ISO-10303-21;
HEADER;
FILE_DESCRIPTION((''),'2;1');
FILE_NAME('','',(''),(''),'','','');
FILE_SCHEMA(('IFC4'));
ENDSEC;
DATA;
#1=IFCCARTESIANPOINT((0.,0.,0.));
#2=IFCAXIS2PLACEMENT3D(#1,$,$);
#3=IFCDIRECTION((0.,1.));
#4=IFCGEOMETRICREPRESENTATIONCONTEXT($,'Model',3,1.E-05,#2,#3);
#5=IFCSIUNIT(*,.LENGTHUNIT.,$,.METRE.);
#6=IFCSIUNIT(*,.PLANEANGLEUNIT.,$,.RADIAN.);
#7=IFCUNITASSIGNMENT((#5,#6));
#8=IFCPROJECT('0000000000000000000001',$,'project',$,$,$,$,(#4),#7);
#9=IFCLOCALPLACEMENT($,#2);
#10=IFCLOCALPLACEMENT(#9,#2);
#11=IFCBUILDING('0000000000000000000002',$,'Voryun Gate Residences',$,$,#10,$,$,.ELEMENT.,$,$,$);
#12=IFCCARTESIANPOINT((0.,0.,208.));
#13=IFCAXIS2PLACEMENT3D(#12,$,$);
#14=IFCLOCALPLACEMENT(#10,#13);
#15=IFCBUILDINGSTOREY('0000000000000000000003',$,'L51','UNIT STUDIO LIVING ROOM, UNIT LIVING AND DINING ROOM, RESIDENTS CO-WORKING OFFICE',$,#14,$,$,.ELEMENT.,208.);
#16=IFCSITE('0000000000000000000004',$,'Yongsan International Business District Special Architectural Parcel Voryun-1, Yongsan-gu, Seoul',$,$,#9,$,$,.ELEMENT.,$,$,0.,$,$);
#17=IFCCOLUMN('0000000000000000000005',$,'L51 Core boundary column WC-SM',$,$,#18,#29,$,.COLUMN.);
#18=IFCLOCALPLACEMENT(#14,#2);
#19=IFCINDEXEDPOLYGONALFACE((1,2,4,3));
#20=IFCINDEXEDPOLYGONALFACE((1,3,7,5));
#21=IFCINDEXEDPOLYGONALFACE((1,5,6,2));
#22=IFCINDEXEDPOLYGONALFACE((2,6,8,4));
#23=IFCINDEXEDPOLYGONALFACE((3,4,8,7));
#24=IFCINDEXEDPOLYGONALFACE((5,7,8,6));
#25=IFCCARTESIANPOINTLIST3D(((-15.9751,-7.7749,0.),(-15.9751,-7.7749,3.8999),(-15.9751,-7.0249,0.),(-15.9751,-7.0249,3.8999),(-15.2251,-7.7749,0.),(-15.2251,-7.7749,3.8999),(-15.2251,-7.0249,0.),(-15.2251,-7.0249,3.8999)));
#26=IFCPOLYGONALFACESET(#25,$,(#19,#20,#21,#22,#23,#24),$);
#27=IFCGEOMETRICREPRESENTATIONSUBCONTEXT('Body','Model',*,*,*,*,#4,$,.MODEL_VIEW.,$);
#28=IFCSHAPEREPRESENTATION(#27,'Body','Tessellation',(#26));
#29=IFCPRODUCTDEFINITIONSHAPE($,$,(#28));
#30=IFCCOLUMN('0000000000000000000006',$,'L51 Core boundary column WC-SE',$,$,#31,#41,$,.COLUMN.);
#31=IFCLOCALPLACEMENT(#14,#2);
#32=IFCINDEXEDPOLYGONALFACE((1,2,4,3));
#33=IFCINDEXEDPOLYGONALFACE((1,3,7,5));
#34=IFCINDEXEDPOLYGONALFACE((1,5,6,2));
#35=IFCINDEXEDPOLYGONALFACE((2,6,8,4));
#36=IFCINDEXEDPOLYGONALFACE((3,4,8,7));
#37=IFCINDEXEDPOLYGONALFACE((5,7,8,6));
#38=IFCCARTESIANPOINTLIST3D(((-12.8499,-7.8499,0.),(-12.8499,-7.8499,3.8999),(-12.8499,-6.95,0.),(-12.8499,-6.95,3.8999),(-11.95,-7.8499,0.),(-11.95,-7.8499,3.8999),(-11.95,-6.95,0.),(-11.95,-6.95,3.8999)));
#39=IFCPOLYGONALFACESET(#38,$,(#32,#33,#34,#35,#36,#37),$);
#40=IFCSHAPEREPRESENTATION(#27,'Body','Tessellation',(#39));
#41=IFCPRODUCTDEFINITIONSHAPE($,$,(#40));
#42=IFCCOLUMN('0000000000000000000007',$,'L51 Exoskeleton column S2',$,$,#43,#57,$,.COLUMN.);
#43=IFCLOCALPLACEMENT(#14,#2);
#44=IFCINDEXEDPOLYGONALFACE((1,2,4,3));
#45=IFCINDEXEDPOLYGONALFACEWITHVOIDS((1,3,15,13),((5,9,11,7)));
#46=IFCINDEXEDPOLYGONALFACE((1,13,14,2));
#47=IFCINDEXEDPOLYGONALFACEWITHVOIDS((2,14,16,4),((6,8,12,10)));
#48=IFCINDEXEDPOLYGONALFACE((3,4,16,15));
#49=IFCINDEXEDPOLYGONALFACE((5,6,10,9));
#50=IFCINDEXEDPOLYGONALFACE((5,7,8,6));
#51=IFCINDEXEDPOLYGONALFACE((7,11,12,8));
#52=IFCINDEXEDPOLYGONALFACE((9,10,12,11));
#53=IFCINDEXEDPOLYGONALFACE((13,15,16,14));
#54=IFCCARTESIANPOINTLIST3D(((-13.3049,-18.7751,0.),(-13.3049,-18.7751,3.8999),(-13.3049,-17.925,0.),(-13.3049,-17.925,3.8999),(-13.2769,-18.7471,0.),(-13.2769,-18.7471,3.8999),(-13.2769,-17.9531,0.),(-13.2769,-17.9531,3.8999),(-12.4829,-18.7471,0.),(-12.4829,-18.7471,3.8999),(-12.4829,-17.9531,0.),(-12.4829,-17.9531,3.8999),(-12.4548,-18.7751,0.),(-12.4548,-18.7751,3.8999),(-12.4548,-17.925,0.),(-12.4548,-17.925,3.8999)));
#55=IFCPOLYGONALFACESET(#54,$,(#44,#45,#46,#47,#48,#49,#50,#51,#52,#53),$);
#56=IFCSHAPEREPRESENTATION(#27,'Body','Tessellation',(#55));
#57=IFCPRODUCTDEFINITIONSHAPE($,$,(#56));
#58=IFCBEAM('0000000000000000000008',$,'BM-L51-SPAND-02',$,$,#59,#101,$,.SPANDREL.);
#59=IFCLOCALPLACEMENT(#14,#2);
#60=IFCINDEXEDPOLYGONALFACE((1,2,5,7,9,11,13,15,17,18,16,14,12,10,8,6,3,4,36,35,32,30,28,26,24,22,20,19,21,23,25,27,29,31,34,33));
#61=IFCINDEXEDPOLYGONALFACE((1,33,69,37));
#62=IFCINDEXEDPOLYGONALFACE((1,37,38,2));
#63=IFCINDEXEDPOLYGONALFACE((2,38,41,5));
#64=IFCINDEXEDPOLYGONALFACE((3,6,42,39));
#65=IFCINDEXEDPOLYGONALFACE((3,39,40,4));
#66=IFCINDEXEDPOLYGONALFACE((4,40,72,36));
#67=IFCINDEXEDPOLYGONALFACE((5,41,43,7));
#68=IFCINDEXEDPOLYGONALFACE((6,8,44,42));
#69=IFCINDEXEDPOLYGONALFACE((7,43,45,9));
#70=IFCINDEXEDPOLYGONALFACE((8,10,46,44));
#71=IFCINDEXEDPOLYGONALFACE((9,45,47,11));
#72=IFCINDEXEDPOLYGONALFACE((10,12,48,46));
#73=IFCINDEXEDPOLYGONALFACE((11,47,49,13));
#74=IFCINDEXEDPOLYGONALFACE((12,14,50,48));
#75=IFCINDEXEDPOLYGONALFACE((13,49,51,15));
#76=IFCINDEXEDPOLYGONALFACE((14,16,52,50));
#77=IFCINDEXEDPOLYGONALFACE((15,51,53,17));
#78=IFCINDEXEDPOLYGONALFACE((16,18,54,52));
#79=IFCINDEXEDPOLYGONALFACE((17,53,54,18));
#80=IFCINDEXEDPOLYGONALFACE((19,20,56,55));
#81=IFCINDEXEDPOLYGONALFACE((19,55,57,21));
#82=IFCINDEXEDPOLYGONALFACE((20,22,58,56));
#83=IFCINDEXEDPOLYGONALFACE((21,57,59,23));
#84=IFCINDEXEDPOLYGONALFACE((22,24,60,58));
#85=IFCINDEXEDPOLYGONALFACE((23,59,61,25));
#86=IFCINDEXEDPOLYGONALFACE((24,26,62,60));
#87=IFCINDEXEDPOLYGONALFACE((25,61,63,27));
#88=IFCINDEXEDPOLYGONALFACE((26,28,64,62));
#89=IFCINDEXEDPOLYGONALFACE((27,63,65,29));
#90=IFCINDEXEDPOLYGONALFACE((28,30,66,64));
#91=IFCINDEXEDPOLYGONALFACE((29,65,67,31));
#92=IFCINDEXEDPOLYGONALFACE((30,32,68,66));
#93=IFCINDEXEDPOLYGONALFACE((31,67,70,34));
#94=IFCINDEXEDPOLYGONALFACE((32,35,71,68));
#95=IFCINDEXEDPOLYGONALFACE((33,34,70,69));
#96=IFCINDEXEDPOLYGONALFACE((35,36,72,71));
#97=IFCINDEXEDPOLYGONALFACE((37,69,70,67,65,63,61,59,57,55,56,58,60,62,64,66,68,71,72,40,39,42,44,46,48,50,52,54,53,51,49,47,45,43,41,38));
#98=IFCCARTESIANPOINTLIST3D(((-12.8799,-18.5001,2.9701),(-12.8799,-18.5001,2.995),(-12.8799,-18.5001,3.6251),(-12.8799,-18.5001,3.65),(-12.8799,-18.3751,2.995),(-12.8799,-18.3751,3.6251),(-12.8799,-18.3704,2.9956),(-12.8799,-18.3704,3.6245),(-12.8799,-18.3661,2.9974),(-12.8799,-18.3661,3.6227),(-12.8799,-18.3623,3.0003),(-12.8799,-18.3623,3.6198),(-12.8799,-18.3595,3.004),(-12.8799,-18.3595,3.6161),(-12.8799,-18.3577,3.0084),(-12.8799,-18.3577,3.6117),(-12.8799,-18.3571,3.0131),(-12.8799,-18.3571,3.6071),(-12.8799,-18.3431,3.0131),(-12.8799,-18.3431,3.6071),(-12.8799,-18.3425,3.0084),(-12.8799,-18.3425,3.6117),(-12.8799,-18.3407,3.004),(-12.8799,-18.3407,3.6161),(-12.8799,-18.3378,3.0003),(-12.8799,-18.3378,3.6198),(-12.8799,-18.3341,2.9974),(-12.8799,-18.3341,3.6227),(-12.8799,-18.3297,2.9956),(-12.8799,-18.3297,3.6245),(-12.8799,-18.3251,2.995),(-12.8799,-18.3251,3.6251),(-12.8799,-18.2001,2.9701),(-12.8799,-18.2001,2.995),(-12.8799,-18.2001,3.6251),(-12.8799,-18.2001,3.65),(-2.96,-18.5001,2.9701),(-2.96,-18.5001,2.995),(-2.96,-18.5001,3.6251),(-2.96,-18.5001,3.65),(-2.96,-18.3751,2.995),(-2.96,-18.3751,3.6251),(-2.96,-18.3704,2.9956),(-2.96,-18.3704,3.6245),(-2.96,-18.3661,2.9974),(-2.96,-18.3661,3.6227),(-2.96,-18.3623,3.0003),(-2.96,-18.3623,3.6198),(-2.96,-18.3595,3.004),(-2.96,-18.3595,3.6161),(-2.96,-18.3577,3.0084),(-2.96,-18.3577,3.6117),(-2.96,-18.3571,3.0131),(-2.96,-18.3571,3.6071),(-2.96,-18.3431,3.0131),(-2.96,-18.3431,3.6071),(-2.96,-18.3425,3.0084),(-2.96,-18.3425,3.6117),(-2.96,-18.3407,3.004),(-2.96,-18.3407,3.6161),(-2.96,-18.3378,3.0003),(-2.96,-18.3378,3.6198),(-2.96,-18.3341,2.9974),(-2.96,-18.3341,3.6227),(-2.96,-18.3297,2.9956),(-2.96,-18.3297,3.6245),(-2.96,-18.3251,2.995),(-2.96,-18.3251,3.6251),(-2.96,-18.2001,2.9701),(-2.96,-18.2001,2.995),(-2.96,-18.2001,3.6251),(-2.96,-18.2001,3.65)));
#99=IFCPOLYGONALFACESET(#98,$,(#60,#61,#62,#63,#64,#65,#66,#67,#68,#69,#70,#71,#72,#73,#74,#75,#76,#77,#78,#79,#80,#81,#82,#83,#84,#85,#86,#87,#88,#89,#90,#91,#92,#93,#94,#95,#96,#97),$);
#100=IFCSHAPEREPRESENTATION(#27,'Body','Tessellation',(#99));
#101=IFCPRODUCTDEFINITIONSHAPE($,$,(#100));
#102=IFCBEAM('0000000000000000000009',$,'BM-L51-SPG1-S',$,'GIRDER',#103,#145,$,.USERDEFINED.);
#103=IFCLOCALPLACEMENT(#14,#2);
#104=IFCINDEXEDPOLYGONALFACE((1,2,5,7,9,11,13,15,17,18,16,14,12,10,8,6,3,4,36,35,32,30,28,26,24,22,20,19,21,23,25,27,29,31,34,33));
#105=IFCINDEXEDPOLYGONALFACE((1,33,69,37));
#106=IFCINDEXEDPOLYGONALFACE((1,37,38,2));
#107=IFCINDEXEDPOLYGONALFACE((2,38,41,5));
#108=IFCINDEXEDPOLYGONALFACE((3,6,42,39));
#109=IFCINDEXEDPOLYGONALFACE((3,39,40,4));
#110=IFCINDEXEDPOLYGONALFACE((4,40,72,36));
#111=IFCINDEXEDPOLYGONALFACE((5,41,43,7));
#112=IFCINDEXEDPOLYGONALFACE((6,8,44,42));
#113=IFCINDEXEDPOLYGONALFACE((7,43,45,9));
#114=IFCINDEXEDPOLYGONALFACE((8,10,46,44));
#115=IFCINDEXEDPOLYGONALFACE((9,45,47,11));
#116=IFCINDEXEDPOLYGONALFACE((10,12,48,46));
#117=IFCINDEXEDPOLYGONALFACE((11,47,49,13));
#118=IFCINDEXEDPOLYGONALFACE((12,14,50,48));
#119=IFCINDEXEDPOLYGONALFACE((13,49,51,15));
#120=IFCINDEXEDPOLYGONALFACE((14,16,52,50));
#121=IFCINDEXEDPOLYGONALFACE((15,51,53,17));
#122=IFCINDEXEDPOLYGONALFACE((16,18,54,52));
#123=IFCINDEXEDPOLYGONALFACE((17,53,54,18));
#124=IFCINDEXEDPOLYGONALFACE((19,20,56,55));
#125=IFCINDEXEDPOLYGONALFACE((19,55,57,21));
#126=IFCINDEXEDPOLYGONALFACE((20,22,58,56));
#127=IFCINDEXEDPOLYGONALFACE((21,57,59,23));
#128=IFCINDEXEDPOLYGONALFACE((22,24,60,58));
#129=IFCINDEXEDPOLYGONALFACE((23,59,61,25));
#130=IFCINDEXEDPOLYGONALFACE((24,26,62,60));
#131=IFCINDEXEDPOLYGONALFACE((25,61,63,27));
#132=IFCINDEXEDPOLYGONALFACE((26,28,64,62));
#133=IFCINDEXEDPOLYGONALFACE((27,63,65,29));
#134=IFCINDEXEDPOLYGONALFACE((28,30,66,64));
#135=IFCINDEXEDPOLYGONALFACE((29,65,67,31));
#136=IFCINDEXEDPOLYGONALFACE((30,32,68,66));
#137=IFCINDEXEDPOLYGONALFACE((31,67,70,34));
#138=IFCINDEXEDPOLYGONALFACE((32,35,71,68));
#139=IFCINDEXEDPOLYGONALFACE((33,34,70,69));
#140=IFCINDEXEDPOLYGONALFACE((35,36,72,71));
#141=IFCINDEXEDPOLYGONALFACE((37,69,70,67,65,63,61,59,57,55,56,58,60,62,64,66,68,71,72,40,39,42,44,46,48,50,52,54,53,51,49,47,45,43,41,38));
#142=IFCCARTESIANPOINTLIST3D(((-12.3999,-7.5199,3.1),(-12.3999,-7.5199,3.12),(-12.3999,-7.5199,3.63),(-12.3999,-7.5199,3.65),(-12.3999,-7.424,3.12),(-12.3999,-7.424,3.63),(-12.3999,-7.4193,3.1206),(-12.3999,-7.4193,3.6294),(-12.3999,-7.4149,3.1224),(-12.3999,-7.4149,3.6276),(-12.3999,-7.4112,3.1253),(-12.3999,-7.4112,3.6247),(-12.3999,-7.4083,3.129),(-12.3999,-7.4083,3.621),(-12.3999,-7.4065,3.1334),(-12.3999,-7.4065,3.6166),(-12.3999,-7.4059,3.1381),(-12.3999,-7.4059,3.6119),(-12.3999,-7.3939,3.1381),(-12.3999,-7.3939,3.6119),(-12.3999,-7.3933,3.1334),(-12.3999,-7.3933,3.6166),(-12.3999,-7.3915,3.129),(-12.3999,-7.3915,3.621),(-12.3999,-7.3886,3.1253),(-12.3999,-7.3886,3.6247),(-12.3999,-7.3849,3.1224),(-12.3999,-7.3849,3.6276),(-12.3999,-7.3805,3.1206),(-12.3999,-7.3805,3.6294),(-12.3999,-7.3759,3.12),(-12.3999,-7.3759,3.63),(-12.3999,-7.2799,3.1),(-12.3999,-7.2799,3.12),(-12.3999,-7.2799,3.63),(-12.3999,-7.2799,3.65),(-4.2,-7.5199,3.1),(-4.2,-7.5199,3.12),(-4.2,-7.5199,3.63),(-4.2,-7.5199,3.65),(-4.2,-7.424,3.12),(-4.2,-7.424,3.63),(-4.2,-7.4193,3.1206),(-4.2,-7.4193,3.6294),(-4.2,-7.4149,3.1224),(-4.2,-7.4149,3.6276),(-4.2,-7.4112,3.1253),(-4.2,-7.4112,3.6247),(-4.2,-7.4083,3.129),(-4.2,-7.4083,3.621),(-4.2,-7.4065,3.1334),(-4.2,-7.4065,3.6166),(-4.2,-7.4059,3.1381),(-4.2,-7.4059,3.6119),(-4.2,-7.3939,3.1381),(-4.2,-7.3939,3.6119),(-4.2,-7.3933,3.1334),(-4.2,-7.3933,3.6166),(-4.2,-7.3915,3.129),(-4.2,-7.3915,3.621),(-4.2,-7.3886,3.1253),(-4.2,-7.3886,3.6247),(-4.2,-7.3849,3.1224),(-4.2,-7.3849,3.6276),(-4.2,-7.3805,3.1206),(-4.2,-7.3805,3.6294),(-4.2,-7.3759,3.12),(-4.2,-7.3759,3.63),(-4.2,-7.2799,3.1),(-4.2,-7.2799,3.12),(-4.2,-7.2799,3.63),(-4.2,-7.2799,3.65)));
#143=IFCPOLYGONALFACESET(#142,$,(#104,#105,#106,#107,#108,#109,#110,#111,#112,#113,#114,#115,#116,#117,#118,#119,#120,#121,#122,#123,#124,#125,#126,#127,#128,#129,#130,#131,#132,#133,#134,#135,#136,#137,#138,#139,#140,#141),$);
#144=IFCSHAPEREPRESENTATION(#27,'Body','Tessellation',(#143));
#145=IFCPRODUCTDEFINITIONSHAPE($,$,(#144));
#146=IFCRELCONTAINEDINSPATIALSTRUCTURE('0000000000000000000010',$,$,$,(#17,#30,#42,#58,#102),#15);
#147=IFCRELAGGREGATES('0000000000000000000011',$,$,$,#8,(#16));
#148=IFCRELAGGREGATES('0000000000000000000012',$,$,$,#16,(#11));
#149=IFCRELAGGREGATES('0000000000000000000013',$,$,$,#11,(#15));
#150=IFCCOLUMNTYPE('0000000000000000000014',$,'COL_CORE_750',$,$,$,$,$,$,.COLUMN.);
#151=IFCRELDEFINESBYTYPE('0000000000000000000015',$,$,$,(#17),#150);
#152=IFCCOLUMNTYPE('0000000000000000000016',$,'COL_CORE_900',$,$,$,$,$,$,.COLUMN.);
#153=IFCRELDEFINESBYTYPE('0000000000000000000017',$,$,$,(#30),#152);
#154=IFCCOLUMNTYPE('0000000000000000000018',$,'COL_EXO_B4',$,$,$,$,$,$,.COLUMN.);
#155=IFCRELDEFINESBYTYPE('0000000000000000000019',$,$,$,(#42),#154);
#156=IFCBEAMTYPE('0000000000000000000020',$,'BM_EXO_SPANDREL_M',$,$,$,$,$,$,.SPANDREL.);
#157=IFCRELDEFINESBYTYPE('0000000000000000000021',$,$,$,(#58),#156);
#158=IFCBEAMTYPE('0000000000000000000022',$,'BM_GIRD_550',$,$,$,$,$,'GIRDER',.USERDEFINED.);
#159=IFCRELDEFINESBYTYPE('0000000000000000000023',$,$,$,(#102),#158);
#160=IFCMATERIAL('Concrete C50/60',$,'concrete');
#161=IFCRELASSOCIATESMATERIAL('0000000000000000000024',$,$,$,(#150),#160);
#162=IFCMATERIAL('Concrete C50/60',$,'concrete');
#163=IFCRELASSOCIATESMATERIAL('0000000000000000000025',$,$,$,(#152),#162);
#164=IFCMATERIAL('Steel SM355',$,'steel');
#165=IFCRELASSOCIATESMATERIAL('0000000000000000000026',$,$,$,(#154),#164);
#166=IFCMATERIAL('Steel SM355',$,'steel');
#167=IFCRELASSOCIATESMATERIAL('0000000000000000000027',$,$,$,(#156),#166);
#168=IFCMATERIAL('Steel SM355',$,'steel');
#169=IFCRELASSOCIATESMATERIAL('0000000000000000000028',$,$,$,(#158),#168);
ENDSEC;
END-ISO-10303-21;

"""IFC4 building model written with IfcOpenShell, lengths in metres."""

from ifc_helpers import new_model, si_unit, direction, frame, origin, origin_2d, place, context, subcontext, project, spatial, rectangle, hollow_rectangle, i_section, extrude, material, material_profile, profile_set, type_object, element, save


model = new_model("IFC4")

# Units and contexts
model_context = context("Model", 3, precision=1e-05, world=origin(), true_north=direction((0.0, 1.0)))
body_context = subcontext(model_context, "Body", "Model", "MODEL_VIEW")
ifc_project = project(units=[si_unit("LENGTHUNIT", "METRE"), si_unit("PLANEANGLEUNIT", "RADIAN")], contexts=[model_context])

# Site, building, storey
site_placement = place(None, origin())
site = spatial("IfcSite", under=ifc_project, at=site_placement, Name="Yongsan International Business District Special Architectural Parcel Voryun-1, Yongsan-gu, Seoul", CompositionType="ELEMENT", RefElevation=0.0)
building_placement = place(site_placement, origin())
building = spatial("IfcBuilding", under=site, at=building_placement, Name="Voryun Gate Residences", CompositionType="ELEMENT")
storey_placement = place(building_placement, frame((0.0, 0.0, 208.0)))
storey = spatial("IfcBuildingStorey", under=building, at=storey_placement, Name="L51", Description="UNIT STUDIO LIVING ROOM, UNIT LIVING AND DINING ROOM, RESIDENTS CO-WORKING OFFICE", CompositionType="ELEMENT", Elevation=208.0)

# Columns
ifc_material_1 = material(Name="Concrete C50/60", Category="concrete")
ifc_material_profile_1 = material_profile(ifc_material_1, rectangle(XDim=0.75, YDim=0.75, at=origin_2d()), Name="RC-750x750")
ifc_profile_set_1 = profile_set([ifc_material_profile_1], Name="Concrete C50/60")
column_type_1 = type_object("IfcColumnType", Name="COL_CORE_750", PredefinedType="COLUMN", material=ifc_profile_set_1)
column_1_placement = place(storey_placement, frame((-15.6001, -7.3999, 0.0), z_axis=(0.0, 0.0, 1.0), x_axis=(1.0, 0.0, 0.0)))
element("IfcColumn", 1, at=column_1_placement, inside=storey, type_object=column_type_1, Name="L51 Core boundary column WC-SM", PredefinedType="COLUMN", context=body_context, shape_type="SweptSolid", body=[
    extrude(rectangle(XDim=0.75, YDim=0.75, at=origin_2d()), origin(), (0.0, 0.0, 1.0), 3.8999),
])
ifc_material_2 = material(Name="Concrete C50/60", Category="concrete")
ifc_material_profile_2 = material_profile(ifc_material_2, rectangle(XDim=0.8999, YDim=0.8999, at=origin_2d()), Name="RC-900x900")
ifc_profile_set_2 = profile_set([ifc_material_profile_2], Name="Concrete C50/60")
column_type_2 = type_object("IfcColumnType", Name="COL_CORE_900", PredefinedType="COLUMN", material=ifc_profile_set_2)
column_2_placement = place(storey_placement, frame((-12.3999, -7.3999, 0.0), z_axis=(0.0, 0.0, 1.0), x_axis=(1.0, 0.0, 0.0)))
element("IfcColumn", 2, at=column_2_placement, inside=storey, type_object=column_type_2, Name="L51 Core boundary column WC-SE", PredefinedType="COLUMN", context=body_context, shape_type="SweptSolid", body=[
    extrude(rectangle(XDim=0.8999, YDim=0.8999, at=origin_2d()), origin(), (0.0, 0.0, 1.0), 3.8999),
])
ifc_material_3 = material(Name="Steel SM355", Category="steel")
ifc_material_profile_3 = material_profile(ifc_material_3, hollow_rectangle(XDim=0.8501, YDim=0.8501, WallThickness=0.0281, at=origin_2d()), Name="BOX-850x850x28")
ifc_profile_set_3 = profile_set([ifc_material_profile_3], Name="Steel SM355")
column_type_3 = type_object("IfcColumnType", Name="COL_EXO_B4", PredefinedType="COLUMN", material=ifc_profile_set_3)
column_3_placement = place(storey_placement, frame((-12.8799, -18.3501, 0.0), z_axis=(0.0, 0.0, 1.0), x_axis=(1.0, 0.0, 0.0)))
element("IfcColumn", 3, at=column_3_placement, inside=storey, type_object=column_type_3, Name="L51 Exoskeleton column S2", PredefinedType="COLUMN", context=body_context, shape_type="SweptSolid", body=[
    extrude(hollow_rectangle(XDim=0.8501, YDim=0.8501, WallThickness=0.0281, at=origin_2d()), origin(), (0.0, 0.0, 1.0), 3.8999),
])

# Beams
ifc_material_4 = material(Name="Steel SM355", Category="steel")
ifc_material_profile_4 = material_profile(ifc_material_4, i_section(OverallWidth=0.3, OverallDepth=0.6799, WebThickness=0.0139, FlangeThickness=0.0249, FilletRadius=0.0181, at=origin_2d()), Name="H-680x300x14x25")
ifc_profile_set_4 = profile_set([ifc_material_profile_4], Name="Steel SM355")
beam_type_1 = type_object("IfcBeamType", Name="BM_EXO_SPANDREL_M", PredefinedType="SPANDREL", material=ifc_profile_set_4)
beam_1_placement = place(storey_placement, frame((-12.8799, -18.3501, 3.3101), z_axis=(1.0, 0.0, 0.0), x_axis=(0.0, 1.0, 0.0)))
element("IfcBeam", 4, at=beam_1_placement, inside=storey, type_object=beam_type_1, Name="BM-L51-SPAND-02", PredefinedType="SPANDREL", context=body_context, shape_type="SweptSolid", body=[
    extrude(i_section(OverallWidth=0.3, OverallDepth=0.6799, WebThickness=0.0139, FlangeThickness=0.0249, FilletRadius=0.0181, at=origin_2d()), origin(), (0.0, 0.0, 1.0), 9.9199),
])
ifc_material_5 = material(Name="Steel SM355", Category="steel")
ifc_material_profile_5 = material_profile(ifc_material_5, i_section(OverallWidth=0.24, OverallDepth=0.55, WebThickness=0.012, FlangeThickness=0.02, FilletRadius=0.0181, at=origin_2d()), Name="H-550x240x12x20")
ifc_profile_set_5 = profile_set([ifc_material_profile_5], Name="Steel SM355")
beam_type_2 = type_object("IfcBeamType", Name="BM_GIRD_550", ElementType="GIRDER", PredefinedType="USERDEFINED", material=ifc_profile_set_5)
beam_2_placement = place(storey_placement, frame((-12.3999, -7.3999, 3.375), z_axis=(1.0, 0.0, 0.0), x_axis=(0.0, 1.0, 0.0)))
element("IfcBeam", 5, at=beam_2_placement, inside=storey, type_object=beam_type_2, Name="BM-L51-SPG1-S", ObjectType="GIRDER", PredefinedType="USERDEFINED", context=body_context, shape_type="SweptSolid", body=[
    extrude(i_section(OverallWidth=0.24, OverallDepth=0.55, WebThickness=0.012, FlangeThickness=0.02, FilletRadius=0.0181, at=origin_2d()), origin(), (0.0, 0.0, 1.0), 8.2),
])

save(model, "model.ifc")
